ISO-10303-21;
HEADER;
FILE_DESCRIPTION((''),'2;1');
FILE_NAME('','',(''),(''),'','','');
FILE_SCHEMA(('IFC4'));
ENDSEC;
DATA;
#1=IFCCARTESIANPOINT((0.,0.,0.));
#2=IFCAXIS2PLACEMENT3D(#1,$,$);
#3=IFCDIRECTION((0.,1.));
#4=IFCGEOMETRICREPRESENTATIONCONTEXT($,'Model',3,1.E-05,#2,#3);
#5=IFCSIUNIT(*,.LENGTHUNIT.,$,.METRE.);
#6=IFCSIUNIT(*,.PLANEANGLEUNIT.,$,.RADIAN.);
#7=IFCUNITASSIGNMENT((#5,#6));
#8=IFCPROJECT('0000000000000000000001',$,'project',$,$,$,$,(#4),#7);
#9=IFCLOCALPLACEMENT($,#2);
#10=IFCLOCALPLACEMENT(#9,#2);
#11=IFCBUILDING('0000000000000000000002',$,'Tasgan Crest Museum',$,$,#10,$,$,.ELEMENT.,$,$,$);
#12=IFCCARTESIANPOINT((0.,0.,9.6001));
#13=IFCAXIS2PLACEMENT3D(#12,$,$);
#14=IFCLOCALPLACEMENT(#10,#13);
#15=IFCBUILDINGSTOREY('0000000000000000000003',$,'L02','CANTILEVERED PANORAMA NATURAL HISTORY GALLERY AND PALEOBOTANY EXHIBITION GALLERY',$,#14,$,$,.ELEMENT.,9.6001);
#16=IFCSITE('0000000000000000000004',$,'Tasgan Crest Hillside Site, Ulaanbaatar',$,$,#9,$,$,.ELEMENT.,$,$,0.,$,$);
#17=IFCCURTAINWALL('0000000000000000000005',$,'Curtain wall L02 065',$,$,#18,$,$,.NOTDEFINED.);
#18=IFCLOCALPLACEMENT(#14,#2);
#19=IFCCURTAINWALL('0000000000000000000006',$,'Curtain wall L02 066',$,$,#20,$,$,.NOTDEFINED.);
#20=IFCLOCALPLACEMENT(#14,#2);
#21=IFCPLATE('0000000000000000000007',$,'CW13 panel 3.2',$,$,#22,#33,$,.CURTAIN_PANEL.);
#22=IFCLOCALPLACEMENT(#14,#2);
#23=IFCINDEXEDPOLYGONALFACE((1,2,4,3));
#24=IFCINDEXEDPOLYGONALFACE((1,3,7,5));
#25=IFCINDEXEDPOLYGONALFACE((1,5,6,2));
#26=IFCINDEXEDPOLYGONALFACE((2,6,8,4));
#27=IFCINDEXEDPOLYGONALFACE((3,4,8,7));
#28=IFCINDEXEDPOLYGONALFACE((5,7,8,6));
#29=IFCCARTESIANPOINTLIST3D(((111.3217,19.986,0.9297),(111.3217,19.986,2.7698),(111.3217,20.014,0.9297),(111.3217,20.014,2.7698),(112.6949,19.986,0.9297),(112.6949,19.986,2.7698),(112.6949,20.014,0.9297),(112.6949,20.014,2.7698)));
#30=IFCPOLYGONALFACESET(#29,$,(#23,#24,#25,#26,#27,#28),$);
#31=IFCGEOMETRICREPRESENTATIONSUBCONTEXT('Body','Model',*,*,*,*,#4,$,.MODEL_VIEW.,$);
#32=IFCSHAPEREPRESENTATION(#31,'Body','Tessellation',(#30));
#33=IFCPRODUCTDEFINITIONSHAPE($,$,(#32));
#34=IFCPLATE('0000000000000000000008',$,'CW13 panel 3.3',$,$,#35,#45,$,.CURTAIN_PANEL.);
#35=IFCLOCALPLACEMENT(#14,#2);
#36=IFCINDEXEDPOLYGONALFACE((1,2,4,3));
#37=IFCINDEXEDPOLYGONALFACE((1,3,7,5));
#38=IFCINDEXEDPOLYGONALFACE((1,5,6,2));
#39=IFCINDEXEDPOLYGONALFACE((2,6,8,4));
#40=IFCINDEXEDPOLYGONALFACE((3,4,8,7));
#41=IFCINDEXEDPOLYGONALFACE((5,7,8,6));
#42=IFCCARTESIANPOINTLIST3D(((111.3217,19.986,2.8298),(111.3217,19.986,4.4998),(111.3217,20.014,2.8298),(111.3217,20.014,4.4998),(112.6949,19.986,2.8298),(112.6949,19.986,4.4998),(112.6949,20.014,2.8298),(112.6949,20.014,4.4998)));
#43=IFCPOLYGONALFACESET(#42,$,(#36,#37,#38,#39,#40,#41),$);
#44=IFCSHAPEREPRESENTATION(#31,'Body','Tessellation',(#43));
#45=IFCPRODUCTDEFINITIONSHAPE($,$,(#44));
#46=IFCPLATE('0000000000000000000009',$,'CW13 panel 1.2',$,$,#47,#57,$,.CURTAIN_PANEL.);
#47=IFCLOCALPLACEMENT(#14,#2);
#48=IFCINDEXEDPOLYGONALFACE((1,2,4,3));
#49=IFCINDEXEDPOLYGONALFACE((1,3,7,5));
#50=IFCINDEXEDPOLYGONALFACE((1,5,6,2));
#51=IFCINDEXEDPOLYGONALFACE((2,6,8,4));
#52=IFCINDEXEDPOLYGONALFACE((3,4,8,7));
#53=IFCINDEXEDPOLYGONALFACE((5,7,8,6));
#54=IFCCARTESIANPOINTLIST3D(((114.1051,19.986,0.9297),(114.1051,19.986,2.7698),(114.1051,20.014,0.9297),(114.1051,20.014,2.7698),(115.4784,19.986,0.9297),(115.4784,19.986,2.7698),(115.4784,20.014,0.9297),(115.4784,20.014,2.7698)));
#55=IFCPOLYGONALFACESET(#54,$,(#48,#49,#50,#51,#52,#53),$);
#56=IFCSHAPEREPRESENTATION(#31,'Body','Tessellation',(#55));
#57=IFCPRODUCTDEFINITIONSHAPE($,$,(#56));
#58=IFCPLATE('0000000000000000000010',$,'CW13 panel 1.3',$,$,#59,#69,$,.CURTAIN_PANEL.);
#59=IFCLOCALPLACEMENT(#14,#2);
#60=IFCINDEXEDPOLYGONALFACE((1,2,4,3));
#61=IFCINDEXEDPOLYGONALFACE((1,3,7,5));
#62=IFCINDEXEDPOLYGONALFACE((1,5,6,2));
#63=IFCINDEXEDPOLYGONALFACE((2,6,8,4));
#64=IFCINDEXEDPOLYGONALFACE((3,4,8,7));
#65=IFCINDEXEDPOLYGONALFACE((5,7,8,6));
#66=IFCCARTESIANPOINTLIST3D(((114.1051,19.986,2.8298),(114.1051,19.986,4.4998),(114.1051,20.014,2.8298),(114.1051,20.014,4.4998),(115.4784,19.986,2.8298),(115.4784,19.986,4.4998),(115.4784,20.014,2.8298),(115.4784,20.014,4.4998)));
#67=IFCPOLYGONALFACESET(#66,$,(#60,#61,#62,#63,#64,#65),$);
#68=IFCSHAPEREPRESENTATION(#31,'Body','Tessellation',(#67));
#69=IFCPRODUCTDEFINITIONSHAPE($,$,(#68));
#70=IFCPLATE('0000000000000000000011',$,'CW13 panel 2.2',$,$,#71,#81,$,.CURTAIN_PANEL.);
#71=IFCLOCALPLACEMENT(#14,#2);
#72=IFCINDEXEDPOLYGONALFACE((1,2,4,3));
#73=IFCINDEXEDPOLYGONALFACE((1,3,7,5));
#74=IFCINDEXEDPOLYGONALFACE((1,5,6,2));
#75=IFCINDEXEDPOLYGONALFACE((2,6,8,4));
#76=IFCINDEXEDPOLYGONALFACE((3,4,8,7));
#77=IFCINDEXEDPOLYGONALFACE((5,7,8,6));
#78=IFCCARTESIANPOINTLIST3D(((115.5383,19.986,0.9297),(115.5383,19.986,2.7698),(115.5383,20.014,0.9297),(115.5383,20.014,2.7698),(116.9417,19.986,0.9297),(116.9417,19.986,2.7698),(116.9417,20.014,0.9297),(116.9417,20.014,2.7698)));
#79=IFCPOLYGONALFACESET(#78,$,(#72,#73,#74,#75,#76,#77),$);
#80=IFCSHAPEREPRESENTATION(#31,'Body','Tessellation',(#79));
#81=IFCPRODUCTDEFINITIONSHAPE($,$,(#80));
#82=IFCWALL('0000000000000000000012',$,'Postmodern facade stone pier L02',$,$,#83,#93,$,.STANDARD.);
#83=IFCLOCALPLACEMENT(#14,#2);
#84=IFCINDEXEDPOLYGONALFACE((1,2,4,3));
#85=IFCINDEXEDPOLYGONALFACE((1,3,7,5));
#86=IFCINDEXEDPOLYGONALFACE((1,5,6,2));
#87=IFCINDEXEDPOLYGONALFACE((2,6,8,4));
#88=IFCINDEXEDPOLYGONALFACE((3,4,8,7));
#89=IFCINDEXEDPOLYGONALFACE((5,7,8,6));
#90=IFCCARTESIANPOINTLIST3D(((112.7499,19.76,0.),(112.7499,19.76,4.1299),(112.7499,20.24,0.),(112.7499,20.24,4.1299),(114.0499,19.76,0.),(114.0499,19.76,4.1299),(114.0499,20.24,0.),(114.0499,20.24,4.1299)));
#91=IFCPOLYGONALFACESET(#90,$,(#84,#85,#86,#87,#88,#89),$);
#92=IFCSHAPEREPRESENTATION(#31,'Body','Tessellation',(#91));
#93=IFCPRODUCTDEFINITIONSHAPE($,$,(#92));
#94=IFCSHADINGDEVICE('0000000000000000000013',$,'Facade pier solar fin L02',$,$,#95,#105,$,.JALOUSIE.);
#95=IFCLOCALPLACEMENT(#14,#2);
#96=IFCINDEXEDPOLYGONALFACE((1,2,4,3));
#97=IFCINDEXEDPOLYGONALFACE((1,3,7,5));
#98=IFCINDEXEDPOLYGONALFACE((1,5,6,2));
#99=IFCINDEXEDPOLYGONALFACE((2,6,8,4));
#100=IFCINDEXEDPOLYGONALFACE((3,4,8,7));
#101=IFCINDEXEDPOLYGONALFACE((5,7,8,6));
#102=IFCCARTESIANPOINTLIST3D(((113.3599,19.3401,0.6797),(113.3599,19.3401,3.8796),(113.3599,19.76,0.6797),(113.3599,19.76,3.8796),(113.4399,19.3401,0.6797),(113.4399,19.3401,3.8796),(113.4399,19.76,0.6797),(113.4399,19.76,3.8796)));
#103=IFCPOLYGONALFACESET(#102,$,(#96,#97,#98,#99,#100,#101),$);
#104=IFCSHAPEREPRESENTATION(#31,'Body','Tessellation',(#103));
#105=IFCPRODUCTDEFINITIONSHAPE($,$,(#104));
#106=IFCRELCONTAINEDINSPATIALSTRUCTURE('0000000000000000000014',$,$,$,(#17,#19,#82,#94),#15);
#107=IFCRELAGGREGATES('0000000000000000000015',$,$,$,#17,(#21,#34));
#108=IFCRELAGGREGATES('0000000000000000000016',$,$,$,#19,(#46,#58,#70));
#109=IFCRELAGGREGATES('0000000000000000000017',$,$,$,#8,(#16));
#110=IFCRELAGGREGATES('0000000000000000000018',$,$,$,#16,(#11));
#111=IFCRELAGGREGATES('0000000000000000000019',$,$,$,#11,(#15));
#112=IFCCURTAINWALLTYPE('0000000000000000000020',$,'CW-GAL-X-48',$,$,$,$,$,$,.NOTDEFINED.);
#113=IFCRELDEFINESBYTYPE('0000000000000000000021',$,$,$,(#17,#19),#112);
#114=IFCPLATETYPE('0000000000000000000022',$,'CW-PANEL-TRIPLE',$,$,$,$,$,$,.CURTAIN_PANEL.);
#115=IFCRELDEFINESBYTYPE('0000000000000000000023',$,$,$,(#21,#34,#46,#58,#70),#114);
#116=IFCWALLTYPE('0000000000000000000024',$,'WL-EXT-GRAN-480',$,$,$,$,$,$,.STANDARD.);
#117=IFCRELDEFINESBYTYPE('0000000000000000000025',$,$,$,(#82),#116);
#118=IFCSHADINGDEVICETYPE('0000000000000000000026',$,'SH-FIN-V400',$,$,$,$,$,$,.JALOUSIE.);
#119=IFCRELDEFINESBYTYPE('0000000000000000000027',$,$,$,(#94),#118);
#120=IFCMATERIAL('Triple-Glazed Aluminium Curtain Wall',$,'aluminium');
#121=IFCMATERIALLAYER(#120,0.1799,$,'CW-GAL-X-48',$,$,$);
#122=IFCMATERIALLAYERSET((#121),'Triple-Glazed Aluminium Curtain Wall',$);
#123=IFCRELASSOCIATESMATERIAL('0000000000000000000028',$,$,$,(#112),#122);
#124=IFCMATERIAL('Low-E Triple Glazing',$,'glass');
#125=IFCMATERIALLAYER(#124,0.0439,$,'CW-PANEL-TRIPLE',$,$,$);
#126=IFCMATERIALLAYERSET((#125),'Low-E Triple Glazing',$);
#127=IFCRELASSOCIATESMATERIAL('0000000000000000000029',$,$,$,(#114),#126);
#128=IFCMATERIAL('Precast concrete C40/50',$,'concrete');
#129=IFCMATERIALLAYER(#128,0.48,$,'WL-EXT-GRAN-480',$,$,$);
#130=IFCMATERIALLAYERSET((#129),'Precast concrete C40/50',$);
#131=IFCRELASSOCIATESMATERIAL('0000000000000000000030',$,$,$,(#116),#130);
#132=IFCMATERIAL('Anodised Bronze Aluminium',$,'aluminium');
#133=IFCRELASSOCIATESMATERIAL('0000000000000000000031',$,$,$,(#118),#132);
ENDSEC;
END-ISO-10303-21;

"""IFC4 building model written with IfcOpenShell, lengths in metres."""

from ifc_helpers import new_model, si_unit, direction, frame, frame_2d, origin, origin_2d, place, context, subcontext, project, spatial, rectangle, extrude, material, layer, layer_set, type_object, element, aggregate, save


model = new_model("IFC4")

# Units and contexts
model_context = context("Model", 3, precision=1e-05, world=origin(), true_north=direction((0.0, 1.0)))
body_context = subcontext(model_context, "Body", "Model", "MODEL_VIEW")
ifc_project = project(units=[si_unit("LENGTHUNIT", "METRE"), si_unit("PLANEANGLEUNIT", "RADIAN")], contexts=[model_context])

# Site, building, storey
site_placement = place(None, origin())
site = spatial("IfcSite", under=ifc_project, at=site_placement, Name="Tasgan Crest Hillside Site, Ulaanbaatar", CompositionType="ELEMENT", RefElevation=0.0)
building_placement = place(site_placement, origin())
building = spatial("IfcBuilding", under=site, at=building_placement, Name="Tasgan Crest Museum", CompositionType="ELEMENT")
storey_placement = place(building_placement, frame((0.0, 0.0, 9.6001)))
storey = spatial("IfcBuildingStorey", under=building, at=storey_placement, Name="L02", Description="CANTILEVERED PANORAMA NATURAL HISTORY GALLERY AND PALEOBOTANY EXHIBITION GALLERY", CompositionType="ELEMENT", Elevation=9.6001)

# Curtain walls
ifc_material_1 = material(Name="Triple-Glazed Aluminium Curtain Wall", Category="aluminium")
ifc_layer_1 = layer(ifc_material_1, 0.1799, Name="CW-GAL-X-48")
ifc_layer_set_1 = layer_set([ifc_layer_1], Name="Triple-Glazed Aluminium Curtain Wall")
curtain_wall_type = type_object("IfcCurtainWallType", Name="CW-GAL-X-48", PredefinedType="NOTDEFINED", material=ifc_layer_set_1)
curtain_wall_1_placement = place(storey_placement, origin())
curtain_wall_1 = element("IfcCurtainWall", 1, at=curtain_wall_1_placement, inside=storey, type_object=curtain_wall_type, Name="Curtain wall L02 065", PredefinedType="NOTDEFINED")
curtain_wall_2_placement = place(storey_placement, origin())
curtain_wall_2 = element("IfcCurtainWall", 2, at=curtain_wall_2_placement, inside=storey, type_object=curtain_wall_type, Name="Curtain wall L02 066", PredefinedType="NOTDEFINED")

# Plates
ifc_material_2 = material(Name="Low-E Triple Glazing", Category="glass")
ifc_layer_2 = layer(ifc_material_2, 0.0439, Name="CW-PANEL-TRIPLE")
ifc_layer_set_2 = layer_set([ifc_layer_2], Name="Low-E Triple Glazing")
plate_type_1 = type_object("IfcPlateType", Name="CW-PANEL-TRIPLE", PredefinedType="CURTAIN_PANEL", material=ifc_layer_set_2)
plate_1_placement = place(storey_placement, frame((112.0083, 20.0, 0.9297), z_axis=(0.0, 0.0, 1.0), x_axis=(1.0, 0.0, 0.0)))
plate_1 = element("IfcPlate", 3, at=plate_1_placement, type_object=plate_type_1, Name="CW13 panel 3.2", PredefinedType="CURTAIN_PANEL", context=body_context, shape_type="SweptSolid", body=[
    extrude(rectangle(XDim=1.3733, YDim=0.0281, at=origin_2d()), origin(), (0.0, 0.0, 1.0), 1.8401),
])
plate_2_placement = place(storey_placement, frame((112.0083, 20.0, 2.8298), z_axis=(0.0, 0.0, 1.0), x_axis=(1.0, 0.0, 0.0)))
plate_2 = element("IfcPlate", 4, at=plate_2_placement, type_object=plate_type_1, Name="CW13 panel 3.3", PredefinedType="CURTAIN_PANEL", context=body_context, shape_type="SweptSolid", body=[
    extrude(rectangle(XDim=1.3733, YDim=0.0281, at=origin_2d()), origin(), (0.0, 0.0, 1.0), 1.6699),
])
aggregate(curtain_wall_1, [plate_1, plate_2])
plate_3_placement = place(storey_placement, frame((114.7917, 20.0, 0.9297), z_axis=(0.0, 0.0, 1.0), x_axis=(1.0, 0.0, 0.0)))
plate_3 = element("IfcPlate", 5, at=plate_3_placement, type_object=plate_type_1, Name="CW13 panel 1.2", PredefinedType="CURTAIN_PANEL", context=body_context, shape_type="SweptSolid", body=[
    extrude(rectangle(XDim=1.3733, YDim=0.0281, at=origin_2d()), origin(), (0.0, 0.0, 1.0), 1.8401),
])
plate_4_placement = place(storey_placement, frame((114.7917, 20.0, 2.8298), z_axis=(0.0, 0.0, 1.0), x_axis=(1.0, 0.0, 0.0)))
plate_4 = element("IfcPlate", 6, at=plate_4_placement, type_object=plate_type_1, Name="CW13 panel 1.3", PredefinedType="CURTAIN_PANEL", context=body_context, shape_type="SweptSolid", body=[
    extrude(rectangle(XDim=1.3733, YDim=0.0281, at=origin_2d()), origin(), (0.0, 0.0, 1.0), 1.6699),
])
plate_5_placement = place(storey_placement, frame((116.24, 20.0, 0.9297), z_axis=(0.0, 0.0, 1.0), x_axis=(1.0, 0.0, 0.0)))
plate_5 = element("IfcPlate", 7, at=plate_5_placement, type_object=plate_type_1, Name="CW13 panel 2.2", PredefinedType="CURTAIN_PANEL", context=body_context, shape_type="SweptSolid", body=[
    extrude(rectangle(XDim=1.4033, YDim=0.0281, at=origin_2d()), origin(), (0.0, 0.0, 1.0), 1.8401),
])
aggregate(curtain_wall_2, [plate_3, plate_4, plate_5])

# Wall
ifc_material_3 = material(Name="Precast concrete C40/50", Category="concrete")
ifc_layer_3 = layer(ifc_material_3, 0.48, Name="WL-EXT-GRAN-480")
ifc_layer_set_3 = layer_set([ifc_layer_3], Name="Precast concrete C40/50")
wall_type = type_object("IfcWallType", Name="WL-EXT-GRAN-480", PredefinedType="STANDARD", material=ifc_layer_set_3)
wall_placement = place(storey_placement, frame((112.75, 20.0, 0.0), z_axis=(0.0, 0.0, 1.0), x_axis=(1.0, 0.0, 0.0)))
element("IfcWall", 8, at=wall_placement, inside=storey, type_object=wall_type, Name="Postmodern facade stone pier L02", PredefinedType="STANDARD", context=body_context, shape_type="SweptSolid", body=[
    extrude(rectangle(XDim=1.3, YDim=0.48, at=frame_2d((0.6499, 0.0))), origin(), (0.0, 0.0, 1.0), 4.1299),
])

# Shading device
ifc_material_4 = material(Name="Anodised Bronze Aluminium", Category="aluminium")
shading_device_type = type_object("IfcShadingDeviceType", Name="SH-FIN-V400", PredefinedType="JALOUSIE", material=ifc_material_4)
shading_device_placement = place(storey_placement, frame((113.3999, 19.55, 0.6797), z_axis=(0.0, 0.0, 1.0), x_axis=(1.0, 0.0, 0.0)))
element("IfcShadingDevice", 9, at=shading_device_placement, inside=storey, type_object=shading_device_type, Name="Facade pier solar fin L02", PredefinedType="JALOUSIE", context=body_context, shape_type="SweptSolid", body=[
    extrude(rectangle(XDim=0.0801, YDim=0.4199, at=origin_2d()), origin(), (0.0, 0.0, 1.0), 3.2),
])

save(model, "model.ifc")
